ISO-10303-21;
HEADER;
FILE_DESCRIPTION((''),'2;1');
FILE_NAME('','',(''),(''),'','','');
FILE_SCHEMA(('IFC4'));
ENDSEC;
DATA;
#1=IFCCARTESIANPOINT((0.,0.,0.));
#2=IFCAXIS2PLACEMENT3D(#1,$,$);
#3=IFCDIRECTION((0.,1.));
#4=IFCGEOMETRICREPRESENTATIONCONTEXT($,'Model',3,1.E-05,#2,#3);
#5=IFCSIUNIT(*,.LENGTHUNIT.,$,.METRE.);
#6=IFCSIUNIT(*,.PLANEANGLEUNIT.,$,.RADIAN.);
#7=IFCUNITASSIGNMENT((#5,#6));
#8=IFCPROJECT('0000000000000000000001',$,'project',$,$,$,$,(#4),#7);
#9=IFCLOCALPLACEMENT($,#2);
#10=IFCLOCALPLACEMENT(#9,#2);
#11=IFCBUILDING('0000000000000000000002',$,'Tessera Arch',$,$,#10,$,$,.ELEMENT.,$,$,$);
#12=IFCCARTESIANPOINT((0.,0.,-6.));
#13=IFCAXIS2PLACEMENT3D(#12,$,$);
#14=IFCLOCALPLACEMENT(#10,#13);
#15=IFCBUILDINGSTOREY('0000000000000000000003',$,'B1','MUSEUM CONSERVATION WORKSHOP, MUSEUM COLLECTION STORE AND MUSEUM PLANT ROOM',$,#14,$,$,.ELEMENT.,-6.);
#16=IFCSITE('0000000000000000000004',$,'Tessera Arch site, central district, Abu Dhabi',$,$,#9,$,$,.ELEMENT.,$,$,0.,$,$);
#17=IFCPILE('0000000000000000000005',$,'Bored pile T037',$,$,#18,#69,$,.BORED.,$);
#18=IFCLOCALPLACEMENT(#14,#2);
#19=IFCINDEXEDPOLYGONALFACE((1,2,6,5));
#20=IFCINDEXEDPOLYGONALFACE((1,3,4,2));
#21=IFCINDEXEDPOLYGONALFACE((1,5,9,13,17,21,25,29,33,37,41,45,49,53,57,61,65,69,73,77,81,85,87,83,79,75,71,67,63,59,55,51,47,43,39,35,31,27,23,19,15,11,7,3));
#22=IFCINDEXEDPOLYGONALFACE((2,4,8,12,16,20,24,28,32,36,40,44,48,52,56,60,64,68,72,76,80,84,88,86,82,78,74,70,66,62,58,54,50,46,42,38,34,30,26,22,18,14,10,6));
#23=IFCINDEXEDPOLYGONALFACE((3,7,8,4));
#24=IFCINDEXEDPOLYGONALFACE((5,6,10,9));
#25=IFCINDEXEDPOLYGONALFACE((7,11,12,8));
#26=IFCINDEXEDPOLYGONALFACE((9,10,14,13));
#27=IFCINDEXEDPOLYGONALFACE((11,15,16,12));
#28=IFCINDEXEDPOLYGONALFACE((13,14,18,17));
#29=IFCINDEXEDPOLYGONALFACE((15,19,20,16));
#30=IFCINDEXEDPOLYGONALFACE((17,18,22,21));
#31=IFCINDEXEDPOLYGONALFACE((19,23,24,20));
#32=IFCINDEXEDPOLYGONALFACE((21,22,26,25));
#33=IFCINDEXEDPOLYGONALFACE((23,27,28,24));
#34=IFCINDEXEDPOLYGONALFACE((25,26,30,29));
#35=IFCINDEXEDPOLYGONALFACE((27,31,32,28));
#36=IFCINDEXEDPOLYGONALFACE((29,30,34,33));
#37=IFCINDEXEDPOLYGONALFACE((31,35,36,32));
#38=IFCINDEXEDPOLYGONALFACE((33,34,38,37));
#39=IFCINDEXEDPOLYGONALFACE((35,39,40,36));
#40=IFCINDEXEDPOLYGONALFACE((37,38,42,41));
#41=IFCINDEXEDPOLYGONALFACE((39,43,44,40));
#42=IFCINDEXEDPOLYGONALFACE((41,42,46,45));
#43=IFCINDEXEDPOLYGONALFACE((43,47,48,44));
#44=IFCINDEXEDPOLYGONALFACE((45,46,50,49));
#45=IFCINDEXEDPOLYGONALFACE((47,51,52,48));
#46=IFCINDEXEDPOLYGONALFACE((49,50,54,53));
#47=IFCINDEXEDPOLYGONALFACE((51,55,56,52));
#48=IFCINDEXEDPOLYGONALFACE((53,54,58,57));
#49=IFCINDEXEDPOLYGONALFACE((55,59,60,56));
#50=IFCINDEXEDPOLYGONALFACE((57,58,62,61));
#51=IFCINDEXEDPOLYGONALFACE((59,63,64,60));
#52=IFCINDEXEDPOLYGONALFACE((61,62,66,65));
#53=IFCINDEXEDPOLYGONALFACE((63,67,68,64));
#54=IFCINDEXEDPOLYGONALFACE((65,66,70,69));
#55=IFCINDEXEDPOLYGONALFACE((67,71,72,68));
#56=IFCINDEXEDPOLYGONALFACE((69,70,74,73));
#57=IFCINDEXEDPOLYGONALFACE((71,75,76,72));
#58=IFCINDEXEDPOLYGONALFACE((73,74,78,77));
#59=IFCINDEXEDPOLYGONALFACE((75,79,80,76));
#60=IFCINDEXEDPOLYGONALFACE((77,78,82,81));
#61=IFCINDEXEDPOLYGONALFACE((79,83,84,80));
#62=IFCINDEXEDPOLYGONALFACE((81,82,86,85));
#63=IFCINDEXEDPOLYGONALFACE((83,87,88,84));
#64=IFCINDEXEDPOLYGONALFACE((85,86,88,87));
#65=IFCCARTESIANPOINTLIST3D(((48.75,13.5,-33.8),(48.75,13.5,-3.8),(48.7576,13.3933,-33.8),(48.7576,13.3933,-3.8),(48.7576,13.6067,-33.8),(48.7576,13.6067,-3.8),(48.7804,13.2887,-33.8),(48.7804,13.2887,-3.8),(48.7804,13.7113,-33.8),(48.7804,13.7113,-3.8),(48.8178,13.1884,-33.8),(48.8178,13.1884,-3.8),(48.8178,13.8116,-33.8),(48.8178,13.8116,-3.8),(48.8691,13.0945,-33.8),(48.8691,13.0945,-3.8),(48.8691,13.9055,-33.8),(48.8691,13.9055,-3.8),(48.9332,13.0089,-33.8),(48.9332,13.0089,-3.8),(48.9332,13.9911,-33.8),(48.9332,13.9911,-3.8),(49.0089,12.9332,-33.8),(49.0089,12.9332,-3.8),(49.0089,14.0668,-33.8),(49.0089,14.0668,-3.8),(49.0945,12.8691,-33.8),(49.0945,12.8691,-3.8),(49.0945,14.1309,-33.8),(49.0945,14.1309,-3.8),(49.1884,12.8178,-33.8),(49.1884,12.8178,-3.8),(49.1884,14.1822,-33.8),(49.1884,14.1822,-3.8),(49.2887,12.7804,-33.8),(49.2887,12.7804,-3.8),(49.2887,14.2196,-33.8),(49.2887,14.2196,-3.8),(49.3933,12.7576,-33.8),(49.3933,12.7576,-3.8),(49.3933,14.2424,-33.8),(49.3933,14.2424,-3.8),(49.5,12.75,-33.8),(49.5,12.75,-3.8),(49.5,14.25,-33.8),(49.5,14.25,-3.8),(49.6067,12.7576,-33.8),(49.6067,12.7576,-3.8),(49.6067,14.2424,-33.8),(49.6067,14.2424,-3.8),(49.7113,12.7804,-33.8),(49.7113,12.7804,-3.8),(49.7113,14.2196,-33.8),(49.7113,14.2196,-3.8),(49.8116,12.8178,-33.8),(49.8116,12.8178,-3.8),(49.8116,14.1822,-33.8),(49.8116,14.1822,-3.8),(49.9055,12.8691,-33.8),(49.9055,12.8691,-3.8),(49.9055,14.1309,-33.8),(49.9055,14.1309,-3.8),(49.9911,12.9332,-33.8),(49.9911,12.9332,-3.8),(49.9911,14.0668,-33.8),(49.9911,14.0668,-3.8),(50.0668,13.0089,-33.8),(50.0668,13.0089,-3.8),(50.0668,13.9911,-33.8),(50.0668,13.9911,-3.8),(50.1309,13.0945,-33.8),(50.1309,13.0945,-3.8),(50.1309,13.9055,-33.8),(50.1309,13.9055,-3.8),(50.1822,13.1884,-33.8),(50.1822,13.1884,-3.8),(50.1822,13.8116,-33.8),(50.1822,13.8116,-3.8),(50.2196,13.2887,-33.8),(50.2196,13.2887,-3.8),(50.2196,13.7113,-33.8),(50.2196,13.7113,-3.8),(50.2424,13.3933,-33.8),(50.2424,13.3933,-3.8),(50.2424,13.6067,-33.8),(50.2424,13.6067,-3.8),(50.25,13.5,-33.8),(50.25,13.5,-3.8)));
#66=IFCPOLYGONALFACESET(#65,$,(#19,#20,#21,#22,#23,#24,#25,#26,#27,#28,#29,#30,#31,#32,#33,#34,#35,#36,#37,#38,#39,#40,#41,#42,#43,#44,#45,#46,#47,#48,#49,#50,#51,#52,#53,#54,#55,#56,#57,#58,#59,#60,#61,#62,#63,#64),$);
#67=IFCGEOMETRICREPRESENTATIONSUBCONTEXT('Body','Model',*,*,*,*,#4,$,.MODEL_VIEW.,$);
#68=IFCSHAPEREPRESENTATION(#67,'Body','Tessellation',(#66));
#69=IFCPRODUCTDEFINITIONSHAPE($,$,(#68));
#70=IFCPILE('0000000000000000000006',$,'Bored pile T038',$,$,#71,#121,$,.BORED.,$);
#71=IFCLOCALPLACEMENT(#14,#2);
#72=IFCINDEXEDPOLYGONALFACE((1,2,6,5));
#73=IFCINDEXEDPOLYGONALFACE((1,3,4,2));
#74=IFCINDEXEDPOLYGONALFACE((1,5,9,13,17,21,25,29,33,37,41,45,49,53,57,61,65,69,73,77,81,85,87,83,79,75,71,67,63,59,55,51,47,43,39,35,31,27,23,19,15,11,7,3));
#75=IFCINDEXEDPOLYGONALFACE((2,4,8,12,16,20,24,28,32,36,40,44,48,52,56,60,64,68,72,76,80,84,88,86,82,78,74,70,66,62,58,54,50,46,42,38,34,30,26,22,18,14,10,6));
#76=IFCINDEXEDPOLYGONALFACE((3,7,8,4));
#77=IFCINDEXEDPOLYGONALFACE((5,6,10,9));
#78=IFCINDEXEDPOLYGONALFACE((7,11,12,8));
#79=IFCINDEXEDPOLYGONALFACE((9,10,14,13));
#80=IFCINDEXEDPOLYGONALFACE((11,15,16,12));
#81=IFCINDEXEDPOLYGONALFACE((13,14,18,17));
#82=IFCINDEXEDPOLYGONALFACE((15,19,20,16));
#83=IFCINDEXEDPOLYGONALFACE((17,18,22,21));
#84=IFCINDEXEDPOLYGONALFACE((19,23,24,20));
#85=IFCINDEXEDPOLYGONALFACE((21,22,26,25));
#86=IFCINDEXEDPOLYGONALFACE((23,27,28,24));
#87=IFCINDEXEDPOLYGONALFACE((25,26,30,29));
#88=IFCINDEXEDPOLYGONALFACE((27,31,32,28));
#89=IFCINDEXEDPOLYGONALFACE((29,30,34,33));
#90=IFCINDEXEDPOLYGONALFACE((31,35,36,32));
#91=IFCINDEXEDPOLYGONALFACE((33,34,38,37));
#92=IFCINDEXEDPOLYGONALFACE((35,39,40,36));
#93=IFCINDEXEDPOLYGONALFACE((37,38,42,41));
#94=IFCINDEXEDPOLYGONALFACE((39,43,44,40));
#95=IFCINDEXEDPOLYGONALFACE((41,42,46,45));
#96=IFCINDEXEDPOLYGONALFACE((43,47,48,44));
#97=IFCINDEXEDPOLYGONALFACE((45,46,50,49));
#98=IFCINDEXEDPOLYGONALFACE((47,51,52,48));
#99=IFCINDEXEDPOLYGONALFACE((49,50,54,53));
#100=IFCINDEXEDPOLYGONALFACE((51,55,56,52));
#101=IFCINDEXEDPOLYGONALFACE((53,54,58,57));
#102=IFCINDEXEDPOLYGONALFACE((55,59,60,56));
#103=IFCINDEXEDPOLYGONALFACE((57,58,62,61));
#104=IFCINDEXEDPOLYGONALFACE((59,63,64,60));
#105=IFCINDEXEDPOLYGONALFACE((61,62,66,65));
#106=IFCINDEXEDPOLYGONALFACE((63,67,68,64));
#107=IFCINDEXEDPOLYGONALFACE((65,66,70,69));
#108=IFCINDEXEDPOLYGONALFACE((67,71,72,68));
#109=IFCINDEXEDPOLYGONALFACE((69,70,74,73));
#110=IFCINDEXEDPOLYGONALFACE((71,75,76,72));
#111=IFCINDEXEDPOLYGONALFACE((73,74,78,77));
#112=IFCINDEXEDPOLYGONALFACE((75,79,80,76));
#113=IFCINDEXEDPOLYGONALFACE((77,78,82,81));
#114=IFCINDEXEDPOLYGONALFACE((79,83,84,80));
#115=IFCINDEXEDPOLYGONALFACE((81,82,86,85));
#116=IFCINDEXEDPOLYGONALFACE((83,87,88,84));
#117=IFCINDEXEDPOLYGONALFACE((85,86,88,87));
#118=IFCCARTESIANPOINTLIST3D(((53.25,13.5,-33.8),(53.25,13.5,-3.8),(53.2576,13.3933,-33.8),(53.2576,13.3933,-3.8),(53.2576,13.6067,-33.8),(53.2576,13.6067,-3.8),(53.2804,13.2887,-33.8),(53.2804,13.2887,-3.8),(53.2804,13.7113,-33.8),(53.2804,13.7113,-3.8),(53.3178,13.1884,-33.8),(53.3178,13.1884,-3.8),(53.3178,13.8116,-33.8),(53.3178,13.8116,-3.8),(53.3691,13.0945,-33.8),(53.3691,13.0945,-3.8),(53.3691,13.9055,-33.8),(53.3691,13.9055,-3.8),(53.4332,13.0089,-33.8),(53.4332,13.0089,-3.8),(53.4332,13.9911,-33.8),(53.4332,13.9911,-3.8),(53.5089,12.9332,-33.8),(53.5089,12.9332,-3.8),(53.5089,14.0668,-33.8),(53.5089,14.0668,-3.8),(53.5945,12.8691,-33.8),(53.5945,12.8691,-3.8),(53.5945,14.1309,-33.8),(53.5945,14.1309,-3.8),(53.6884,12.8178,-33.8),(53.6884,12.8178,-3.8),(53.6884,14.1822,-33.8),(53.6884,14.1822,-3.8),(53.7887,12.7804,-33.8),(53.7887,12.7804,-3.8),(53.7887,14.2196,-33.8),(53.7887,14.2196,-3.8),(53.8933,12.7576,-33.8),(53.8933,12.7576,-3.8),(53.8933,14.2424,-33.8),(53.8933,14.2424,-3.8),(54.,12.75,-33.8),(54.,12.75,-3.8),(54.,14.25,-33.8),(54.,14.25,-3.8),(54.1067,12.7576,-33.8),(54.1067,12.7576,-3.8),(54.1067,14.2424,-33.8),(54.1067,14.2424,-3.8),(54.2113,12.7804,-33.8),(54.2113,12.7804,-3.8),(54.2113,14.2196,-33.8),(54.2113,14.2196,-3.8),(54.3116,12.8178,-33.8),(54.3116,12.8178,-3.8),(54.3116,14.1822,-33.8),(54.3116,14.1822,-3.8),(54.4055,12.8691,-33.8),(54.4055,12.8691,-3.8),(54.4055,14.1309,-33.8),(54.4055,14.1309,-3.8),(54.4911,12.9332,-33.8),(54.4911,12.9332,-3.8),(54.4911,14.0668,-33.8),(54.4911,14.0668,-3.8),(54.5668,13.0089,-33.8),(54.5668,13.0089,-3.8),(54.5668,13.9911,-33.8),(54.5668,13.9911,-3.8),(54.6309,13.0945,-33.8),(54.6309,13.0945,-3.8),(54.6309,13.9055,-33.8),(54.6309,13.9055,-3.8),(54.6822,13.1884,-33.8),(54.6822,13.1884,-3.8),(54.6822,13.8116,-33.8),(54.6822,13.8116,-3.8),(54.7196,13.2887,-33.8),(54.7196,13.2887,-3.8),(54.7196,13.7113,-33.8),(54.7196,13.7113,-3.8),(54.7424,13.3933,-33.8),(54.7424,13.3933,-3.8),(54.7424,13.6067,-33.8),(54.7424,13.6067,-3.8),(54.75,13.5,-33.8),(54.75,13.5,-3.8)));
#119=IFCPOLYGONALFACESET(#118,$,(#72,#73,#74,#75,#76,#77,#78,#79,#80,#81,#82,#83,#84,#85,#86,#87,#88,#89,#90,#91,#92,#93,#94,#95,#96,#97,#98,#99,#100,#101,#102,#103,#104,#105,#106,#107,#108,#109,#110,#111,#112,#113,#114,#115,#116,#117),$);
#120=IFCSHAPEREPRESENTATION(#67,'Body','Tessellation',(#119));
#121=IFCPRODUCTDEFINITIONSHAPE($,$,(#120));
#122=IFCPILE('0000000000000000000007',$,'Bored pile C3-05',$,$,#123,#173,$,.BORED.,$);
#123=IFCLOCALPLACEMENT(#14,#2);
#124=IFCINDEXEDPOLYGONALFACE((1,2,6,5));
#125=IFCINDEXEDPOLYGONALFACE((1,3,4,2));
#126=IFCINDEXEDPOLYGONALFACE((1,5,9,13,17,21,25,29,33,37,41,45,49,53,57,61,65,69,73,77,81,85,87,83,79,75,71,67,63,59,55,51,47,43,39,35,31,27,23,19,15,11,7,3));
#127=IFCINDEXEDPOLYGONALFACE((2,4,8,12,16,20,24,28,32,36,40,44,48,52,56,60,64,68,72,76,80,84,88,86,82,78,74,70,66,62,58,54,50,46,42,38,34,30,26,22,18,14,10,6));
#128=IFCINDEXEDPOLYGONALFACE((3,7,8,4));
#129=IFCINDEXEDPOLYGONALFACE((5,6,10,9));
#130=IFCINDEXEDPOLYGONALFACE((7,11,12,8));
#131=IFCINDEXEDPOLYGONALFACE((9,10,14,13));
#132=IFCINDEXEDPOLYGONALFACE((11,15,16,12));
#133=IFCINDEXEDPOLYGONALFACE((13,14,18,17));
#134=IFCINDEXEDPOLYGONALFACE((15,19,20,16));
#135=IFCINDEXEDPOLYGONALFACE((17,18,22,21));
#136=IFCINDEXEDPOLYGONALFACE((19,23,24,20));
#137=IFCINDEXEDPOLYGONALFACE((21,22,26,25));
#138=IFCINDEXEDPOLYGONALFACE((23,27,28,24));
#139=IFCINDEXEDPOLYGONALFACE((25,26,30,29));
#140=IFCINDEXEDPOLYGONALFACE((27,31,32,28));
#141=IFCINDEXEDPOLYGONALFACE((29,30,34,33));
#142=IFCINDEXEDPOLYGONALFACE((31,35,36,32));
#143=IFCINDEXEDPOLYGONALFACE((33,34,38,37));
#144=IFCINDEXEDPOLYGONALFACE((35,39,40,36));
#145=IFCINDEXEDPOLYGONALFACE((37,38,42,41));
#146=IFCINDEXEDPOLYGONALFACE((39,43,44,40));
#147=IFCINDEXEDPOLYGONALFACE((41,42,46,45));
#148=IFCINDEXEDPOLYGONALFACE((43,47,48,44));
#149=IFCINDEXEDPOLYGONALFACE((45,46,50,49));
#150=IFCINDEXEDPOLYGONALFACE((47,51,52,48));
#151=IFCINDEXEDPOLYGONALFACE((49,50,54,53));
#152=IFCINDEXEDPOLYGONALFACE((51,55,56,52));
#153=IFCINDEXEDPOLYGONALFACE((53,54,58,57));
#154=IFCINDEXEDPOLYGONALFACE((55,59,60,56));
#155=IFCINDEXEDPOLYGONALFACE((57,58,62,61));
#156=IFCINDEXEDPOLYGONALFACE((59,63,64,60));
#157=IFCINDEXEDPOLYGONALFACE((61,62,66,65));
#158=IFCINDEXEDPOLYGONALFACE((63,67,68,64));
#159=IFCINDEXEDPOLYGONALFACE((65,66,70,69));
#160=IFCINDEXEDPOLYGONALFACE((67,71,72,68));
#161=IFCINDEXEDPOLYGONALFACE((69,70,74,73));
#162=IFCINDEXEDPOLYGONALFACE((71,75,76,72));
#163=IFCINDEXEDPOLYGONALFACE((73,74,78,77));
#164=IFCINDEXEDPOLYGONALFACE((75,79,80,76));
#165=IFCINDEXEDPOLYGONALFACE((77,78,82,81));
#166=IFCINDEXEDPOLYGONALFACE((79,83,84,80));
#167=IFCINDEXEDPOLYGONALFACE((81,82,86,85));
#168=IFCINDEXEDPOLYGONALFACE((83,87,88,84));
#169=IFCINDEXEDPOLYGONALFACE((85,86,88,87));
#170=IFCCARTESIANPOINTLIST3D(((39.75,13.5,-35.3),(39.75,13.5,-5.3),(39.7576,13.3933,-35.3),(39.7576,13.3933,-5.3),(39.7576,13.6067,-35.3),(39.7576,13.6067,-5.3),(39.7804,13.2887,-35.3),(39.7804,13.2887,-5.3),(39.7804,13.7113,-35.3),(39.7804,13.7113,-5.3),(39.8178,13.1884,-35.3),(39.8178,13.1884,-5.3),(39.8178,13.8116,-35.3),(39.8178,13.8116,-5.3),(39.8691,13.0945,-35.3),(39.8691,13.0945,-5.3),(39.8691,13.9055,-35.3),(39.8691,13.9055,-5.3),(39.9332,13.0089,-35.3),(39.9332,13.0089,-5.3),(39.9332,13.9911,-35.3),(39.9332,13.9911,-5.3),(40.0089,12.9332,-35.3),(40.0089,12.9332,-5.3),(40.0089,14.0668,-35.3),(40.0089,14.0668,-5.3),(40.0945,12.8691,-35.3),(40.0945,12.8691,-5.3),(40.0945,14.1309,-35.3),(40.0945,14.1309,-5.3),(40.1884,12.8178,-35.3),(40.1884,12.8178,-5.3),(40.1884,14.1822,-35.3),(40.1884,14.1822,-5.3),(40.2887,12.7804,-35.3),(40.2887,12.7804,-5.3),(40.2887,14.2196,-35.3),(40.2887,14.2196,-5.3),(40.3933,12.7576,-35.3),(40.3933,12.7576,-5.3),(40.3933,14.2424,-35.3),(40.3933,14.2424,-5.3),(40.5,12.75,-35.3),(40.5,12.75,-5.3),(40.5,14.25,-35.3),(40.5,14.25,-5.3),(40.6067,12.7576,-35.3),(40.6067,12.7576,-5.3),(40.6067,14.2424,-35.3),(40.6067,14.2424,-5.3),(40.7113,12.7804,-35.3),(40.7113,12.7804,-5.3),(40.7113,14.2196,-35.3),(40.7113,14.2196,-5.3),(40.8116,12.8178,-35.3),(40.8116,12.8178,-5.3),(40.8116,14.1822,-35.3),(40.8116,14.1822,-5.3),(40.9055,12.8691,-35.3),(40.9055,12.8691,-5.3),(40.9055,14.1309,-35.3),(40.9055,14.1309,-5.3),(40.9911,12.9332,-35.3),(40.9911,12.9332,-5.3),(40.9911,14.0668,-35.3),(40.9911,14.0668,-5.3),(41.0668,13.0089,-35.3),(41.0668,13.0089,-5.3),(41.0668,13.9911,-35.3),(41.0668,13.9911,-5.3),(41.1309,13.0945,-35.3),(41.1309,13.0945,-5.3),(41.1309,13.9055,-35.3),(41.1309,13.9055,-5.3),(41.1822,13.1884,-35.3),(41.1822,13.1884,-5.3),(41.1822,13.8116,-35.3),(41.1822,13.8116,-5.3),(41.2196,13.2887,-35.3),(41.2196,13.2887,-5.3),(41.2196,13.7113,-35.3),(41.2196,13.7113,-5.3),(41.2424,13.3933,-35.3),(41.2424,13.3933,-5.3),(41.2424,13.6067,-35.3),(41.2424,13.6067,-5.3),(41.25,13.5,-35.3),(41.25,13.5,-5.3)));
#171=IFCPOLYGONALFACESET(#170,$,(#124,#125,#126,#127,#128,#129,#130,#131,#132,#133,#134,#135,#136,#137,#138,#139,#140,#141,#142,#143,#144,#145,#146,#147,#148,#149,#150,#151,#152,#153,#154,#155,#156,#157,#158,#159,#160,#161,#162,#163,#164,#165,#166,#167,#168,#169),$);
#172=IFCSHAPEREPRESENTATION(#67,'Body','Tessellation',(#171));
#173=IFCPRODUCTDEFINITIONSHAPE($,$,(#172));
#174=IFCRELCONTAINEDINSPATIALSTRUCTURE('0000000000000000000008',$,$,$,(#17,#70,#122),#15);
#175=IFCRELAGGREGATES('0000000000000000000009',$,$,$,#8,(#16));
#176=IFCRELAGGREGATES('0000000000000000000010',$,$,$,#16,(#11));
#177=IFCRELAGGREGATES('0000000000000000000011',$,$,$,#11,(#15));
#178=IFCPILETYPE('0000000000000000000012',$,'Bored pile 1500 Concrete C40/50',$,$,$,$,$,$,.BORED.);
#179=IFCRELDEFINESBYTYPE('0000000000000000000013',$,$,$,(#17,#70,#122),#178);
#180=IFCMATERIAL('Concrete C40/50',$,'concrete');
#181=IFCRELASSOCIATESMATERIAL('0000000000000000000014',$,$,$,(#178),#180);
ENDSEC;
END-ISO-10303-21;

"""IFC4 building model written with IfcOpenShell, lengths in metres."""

from ifc_helpers import new_model, si_unit, direction, frame, origin, origin_2d, place, context, subcontext, project, spatial, circle, extrude, material, type_object, element, save


model = new_model("IFC4")

# Units and contexts
model_context = context("Model", 3, precision=1e-05, world=origin(), true_north=direction((0.0, 1.0)))
body_context = subcontext(model_context, "Body", "Model", "MODEL_VIEW")
ifc_project = project(units=[si_unit("LENGTHUNIT", "METRE"), si_unit("PLANEANGLEUNIT", "RADIAN")], contexts=[model_context])

# Site, building, storey
site_placement = place(None, origin())
site = spatial("IfcSite", under=ifc_project, at=site_placement, Name="Tessera Arch site, central district, Abu Dhabi", CompositionType="ELEMENT", RefElevation=0.0)
building_placement = place(site_placement, origin())
building = spatial("IfcBuilding", under=site, at=building_placement, Name="Tessera Arch", CompositionType="ELEMENT")
storey_placement = place(building_placement, frame((0.0, 0.0, -6.0)))
storey = spatial("IfcBuildingStorey", under=building, at=storey_placement, Name="B1", Description="MUSEUM CONSERVATION WORKSHOP, MUSEUM COLLECTION STORE AND MUSEUM PLANT ROOM", CompositionType="ELEMENT", Elevation=-6.0)

# Piles
ifc_material_1 = material(Name="Concrete C40/50", Category="concrete")
pile_type = type_object("IfcPileType", Name="Bored pile 1500 Concrete C40/50", PredefinedType="BORED", material=ifc_material_1)
for number, where, z_axis, x_axis, name in (
    (1, (49.5, 13.5, -3.8), (0.0, 0.0, -1.0), (1.0, 0.0, 0.0), "Bored pile T037"),
    (2, (54.0, 13.5, -3.8), (0.0, 0.0, -1.0), (1.0, 0.0, 0.0), "Bored pile T038"),
    (3, (40.5, 13.5, -5.3), (0.0, 0.0, -1.0), (1.0, 0.0, 0.0), "Bored pile C3-05"),
):
    element("IfcPile", number, at=place(storey_placement, frame(where, z_axis=z_axis, x_axis=x_axis)), inside=storey, type_object=pile_type, Name=name, PredefinedType="BORED", context=body_context, shape_type="SweptSolid", body=[
        extrude(circle(Radius=0.75, at=origin_2d()), origin(), (0.0, 0.0, 1.0), 30.0),
    ])

save(model, "model.ifc")
